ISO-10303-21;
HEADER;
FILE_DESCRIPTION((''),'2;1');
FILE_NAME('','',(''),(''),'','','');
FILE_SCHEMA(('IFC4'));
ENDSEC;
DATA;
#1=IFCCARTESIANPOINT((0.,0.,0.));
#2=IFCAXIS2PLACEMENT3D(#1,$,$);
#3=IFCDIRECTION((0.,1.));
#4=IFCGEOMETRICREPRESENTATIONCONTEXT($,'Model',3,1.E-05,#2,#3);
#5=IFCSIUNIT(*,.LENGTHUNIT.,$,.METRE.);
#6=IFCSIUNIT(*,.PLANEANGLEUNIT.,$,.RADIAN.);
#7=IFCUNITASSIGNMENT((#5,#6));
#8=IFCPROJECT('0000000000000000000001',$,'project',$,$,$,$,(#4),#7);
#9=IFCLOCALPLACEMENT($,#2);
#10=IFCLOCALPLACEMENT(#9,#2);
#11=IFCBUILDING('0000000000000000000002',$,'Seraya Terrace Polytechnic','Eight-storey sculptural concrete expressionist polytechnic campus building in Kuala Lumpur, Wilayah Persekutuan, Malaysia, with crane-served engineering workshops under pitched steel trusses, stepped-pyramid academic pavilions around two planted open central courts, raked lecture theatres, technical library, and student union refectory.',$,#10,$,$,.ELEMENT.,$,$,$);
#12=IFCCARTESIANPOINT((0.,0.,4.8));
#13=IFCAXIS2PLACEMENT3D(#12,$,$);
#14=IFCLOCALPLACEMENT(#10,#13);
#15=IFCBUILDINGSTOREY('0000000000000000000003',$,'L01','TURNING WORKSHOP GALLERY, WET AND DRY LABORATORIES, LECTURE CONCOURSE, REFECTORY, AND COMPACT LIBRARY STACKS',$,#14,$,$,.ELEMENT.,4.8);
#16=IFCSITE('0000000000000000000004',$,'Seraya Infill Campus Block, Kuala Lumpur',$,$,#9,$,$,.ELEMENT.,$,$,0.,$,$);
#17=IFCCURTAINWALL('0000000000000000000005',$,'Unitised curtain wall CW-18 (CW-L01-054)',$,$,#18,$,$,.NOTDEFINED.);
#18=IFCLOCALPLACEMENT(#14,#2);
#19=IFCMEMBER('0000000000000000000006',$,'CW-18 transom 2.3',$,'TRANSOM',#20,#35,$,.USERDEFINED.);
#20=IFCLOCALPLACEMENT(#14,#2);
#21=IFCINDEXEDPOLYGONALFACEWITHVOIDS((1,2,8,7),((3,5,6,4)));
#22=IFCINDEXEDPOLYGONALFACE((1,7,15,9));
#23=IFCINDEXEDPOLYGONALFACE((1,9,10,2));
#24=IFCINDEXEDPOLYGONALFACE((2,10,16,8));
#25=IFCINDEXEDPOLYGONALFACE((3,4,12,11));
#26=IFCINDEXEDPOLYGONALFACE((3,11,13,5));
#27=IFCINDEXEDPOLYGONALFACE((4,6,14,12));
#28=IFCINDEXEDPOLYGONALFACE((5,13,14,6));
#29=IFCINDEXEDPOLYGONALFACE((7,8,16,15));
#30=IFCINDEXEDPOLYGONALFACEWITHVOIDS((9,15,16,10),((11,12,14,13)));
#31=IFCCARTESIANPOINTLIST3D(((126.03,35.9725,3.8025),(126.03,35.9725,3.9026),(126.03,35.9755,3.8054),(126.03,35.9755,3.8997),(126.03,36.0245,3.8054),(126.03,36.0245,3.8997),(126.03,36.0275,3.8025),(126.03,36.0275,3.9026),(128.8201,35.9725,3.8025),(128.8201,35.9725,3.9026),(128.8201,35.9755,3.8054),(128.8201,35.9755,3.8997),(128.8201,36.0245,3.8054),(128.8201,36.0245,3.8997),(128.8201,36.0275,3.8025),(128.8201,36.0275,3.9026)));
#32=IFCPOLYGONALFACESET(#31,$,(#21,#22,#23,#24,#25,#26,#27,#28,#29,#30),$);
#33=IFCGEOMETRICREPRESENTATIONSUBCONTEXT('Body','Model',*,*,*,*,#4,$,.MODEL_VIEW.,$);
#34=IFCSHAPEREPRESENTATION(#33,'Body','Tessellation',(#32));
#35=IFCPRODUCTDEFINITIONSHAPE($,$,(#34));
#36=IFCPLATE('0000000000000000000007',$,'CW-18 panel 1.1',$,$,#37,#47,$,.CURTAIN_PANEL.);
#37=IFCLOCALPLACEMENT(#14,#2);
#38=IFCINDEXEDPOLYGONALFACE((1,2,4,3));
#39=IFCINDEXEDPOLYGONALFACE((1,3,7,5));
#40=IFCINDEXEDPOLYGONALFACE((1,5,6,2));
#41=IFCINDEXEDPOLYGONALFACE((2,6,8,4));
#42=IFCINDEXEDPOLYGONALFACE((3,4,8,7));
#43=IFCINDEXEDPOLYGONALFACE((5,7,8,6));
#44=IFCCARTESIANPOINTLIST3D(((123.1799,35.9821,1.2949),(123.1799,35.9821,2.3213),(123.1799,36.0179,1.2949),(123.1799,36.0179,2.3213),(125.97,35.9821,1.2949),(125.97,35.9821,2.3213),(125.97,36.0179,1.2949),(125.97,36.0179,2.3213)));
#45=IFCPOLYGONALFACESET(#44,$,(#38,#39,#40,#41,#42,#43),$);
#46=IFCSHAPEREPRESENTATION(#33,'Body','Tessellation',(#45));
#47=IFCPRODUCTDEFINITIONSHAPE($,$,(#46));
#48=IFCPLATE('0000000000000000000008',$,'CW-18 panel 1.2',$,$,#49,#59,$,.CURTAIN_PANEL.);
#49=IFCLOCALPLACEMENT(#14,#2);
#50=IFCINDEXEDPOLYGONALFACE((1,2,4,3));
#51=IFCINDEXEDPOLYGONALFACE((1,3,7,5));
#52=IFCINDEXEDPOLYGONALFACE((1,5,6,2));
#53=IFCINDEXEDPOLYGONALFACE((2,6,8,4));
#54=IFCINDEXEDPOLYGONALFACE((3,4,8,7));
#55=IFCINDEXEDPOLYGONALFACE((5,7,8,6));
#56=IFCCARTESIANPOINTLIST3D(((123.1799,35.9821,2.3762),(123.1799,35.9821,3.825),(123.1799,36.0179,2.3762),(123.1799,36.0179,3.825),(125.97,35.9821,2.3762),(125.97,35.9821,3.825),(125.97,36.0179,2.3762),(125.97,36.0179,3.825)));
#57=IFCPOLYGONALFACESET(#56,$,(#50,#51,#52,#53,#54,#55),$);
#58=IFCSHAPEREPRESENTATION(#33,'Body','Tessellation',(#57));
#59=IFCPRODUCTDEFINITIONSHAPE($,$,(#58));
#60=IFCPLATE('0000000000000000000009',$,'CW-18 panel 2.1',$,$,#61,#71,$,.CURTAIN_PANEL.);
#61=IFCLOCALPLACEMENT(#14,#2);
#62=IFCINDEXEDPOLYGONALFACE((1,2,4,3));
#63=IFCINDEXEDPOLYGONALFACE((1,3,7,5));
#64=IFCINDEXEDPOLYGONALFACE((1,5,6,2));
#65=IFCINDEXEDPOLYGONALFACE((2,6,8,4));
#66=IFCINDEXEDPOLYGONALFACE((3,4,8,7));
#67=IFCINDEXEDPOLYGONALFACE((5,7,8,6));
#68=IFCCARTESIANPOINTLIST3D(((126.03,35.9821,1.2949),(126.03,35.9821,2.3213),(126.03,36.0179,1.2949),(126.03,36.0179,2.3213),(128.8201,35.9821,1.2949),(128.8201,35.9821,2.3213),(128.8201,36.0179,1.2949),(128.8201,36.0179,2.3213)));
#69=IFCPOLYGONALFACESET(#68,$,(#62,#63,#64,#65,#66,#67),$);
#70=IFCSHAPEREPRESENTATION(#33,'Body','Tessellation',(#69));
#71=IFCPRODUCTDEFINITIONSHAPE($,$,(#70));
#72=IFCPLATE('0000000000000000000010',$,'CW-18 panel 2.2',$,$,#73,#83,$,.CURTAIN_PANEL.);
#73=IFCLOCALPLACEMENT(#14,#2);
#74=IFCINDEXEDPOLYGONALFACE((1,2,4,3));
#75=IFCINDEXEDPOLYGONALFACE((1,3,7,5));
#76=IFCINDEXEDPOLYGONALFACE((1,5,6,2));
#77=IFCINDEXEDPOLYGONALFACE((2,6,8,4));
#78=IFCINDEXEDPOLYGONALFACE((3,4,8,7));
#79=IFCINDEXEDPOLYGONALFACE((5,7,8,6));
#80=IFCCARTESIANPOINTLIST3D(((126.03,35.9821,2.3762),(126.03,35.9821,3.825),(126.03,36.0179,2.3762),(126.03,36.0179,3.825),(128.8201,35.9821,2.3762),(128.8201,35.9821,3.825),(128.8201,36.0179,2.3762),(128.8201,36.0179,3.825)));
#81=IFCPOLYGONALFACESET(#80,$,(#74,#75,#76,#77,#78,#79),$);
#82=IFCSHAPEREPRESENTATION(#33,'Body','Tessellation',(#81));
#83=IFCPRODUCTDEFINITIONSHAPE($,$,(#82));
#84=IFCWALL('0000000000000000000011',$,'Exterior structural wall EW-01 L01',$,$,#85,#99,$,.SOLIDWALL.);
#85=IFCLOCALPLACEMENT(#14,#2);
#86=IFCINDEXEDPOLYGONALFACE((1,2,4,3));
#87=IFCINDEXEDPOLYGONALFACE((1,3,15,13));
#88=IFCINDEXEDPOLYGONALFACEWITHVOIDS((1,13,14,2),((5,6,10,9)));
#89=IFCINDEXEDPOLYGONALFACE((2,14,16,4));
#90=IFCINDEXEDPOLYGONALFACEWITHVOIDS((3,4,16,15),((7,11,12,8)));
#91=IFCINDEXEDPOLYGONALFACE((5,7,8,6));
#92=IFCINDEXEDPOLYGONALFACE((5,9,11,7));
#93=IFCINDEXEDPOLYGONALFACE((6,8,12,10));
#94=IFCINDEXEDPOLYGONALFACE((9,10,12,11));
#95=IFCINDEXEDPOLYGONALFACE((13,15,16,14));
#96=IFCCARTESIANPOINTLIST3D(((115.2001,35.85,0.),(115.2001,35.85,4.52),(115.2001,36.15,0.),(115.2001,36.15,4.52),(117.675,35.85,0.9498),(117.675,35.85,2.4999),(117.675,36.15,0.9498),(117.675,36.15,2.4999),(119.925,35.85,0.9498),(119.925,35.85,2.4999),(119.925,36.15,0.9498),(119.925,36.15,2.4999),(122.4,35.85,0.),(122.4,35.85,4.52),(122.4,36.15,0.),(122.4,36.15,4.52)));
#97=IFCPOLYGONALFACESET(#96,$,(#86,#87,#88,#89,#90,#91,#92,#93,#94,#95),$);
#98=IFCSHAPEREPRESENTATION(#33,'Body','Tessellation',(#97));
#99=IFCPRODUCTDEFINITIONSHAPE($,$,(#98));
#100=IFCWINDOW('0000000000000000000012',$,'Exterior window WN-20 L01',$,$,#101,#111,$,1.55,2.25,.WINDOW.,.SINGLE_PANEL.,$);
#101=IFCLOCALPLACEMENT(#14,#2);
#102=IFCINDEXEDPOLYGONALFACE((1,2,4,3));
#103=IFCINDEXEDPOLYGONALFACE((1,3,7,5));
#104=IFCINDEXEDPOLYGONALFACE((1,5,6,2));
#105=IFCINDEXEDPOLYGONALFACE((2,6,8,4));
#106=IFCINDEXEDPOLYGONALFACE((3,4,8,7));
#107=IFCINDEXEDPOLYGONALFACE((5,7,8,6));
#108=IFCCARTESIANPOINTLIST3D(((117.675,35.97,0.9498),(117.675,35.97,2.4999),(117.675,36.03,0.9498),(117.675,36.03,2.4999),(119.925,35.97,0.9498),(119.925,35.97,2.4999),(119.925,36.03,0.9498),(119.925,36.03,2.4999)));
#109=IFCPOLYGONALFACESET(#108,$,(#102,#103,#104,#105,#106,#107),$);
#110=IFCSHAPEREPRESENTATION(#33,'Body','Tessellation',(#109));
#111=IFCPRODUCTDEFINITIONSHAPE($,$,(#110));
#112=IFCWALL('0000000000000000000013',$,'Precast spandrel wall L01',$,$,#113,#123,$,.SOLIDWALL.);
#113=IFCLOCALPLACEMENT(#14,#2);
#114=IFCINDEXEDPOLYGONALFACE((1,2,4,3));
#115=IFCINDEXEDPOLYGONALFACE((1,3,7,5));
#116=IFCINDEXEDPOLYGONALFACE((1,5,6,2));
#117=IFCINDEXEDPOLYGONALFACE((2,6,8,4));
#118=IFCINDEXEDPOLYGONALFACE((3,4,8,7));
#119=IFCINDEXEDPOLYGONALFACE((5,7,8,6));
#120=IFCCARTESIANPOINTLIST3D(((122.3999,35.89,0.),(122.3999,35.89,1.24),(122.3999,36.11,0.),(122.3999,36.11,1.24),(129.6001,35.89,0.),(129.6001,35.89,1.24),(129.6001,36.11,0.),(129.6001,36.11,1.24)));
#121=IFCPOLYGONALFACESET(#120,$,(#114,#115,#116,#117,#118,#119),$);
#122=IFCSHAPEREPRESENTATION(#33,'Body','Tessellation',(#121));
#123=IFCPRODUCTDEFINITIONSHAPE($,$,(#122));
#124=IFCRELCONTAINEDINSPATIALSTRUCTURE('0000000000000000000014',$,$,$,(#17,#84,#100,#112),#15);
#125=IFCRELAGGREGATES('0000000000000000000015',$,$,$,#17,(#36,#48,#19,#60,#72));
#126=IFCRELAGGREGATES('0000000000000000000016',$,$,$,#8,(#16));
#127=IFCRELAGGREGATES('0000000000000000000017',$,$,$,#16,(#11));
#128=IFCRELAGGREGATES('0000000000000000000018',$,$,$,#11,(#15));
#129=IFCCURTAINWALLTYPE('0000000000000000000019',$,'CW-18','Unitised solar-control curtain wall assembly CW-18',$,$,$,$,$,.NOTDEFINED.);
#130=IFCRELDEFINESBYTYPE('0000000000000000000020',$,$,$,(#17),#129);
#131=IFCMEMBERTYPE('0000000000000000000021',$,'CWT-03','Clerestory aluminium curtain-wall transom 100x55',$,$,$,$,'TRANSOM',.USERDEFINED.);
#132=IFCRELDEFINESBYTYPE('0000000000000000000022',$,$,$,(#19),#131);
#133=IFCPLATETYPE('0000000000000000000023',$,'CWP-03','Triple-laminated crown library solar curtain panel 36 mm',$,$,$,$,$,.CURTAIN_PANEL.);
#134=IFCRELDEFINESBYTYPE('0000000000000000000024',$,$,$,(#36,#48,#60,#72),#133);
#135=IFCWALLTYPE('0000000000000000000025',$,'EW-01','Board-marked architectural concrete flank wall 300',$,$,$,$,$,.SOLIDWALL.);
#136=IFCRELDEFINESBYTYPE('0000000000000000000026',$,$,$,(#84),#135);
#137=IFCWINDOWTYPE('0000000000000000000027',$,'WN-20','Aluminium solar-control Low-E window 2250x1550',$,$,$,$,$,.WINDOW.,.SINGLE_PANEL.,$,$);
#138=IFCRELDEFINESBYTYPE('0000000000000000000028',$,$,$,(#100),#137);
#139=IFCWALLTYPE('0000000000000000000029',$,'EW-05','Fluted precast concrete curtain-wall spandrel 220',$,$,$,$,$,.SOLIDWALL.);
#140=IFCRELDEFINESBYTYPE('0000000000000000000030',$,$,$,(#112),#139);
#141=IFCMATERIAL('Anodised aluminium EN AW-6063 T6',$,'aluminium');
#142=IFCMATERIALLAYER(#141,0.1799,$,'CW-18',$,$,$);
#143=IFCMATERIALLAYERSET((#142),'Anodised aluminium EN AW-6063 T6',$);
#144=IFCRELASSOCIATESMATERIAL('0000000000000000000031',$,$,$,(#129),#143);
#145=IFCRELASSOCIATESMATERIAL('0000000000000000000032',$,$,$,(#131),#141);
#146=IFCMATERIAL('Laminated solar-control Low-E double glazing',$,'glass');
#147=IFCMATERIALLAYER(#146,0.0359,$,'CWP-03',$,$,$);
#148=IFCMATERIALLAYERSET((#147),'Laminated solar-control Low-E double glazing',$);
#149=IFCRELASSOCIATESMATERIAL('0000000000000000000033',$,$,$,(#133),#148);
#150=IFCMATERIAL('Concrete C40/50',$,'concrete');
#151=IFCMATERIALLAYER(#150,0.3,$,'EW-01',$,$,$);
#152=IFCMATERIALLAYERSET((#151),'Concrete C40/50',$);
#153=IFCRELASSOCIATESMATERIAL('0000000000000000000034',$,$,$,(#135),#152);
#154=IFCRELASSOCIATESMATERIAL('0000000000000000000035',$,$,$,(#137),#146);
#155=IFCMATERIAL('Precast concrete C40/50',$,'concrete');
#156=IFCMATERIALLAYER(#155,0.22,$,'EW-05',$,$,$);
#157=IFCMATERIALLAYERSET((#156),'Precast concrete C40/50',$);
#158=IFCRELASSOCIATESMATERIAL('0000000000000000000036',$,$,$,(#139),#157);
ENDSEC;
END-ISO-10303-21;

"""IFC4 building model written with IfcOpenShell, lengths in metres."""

from ifc_helpers import new_model, si_unit, direction, frame, frame_2d, origin, origin_2d, place, context, subcontext, project, spatial, rectangle, hollow_rectangle, extrude, material, layer, layer_set, material_profile, profile_set, type_object, element, fill, aggregate, save


model = new_model("IFC4")

# Units and contexts
model_context = context("Model", 3, precision=1e-05, world=origin(), true_north=direction((0.0, 1.0)))
body_context = subcontext(model_context, "Body", "Model", "MODEL_VIEW")
ifc_project = project(units=[si_unit("LENGTHUNIT", "METRE"), si_unit("PLANEANGLEUNIT", "RADIAN")], contexts=[model_context])

# Site, building, storey
site_placement = place(None, origin())
site = spatial("IfcSite", under=ifc_project, at=site_placement, Name="Seraya Infill Campus Block, Kuala Lumpur", CompositionType="ELEMENT", RefElevation=0.0)
building_placement = place(site_placement, origin())
building = spatial("IfcBuilding", under=site, at=building_placement, Name="Seraya Terrace Polytechnic", Description="Eight-storey sculptural concrete expressionist polytechnic campus building in Kuala Lumpur, Wilayah Persekutuan, Malaysia, with crane-served engineering workshops under pitched steel trusses, stepped-pyramid academic pavilions around two planted open central courts, raked lecture theatres, technical library, and student union refectory.", CompositionType="ELEMENT")
storey_placement = place(building_placement, frame((0.0, 0.0, 4.8)))
storey = spatial("IfcBuildingStorey", under=building, at=storey_placement, Name="L01", Description="TURNING WORKSHOP GALLERY, WET AND DRY LABORATORIES, LECTURE CONCOURSE, REFECTORY, AND COMPACT LIBRARY STACKS", CompositionType="ELEMENT", Elevation=4.8)

# Shared definitions
ifc_material_1 = material(Name="Concrete C40/50", Category="concrete")

# Curtain wall, member, plates
ifc_material_2 = material(Name="Anodised aluminium EN AW-6063 T6", Category="aluminium")
ifc_layer_1 = layer(ifc_material_2, 0.1799, Name="CW-18")
ifc_layer_set_1 = layer_set([ifc_layer_1], Name="Anodised aluminium EN AW-6063 T6")
curtain_wall_type = type_object("IfcCurtainWallType", Name="CW-18", Description="Unitised solar-control curtain wall assembly CW-18", PredefinedType="NOTDEFINED", material=ifc_layer_set_1)
curtain_wall_placement = place(storey_placement, origin())
curtain_wall = element("IfcCurtainWall", 1, at=curtain_wall_placement, inside=storey, type_object=curtain_wall_type, Name="Unitised curtain wall CW-18 (CW-L01-054)", PredefinedType="NOTDEFINED")
ifc_material_profile_1 = material_profile(ifc_material_2, hollow_rectangle(XDim=0.0549, YDim=0.1001, WallThickness=0.0029, at=origin_2d()), Name="RHS 100x55x3.0")
ifc_profile_set_1 = profile_set([ifc_material_profile_1], Name="Anodised aluminium EN AW-6063 T6")
member_type_1 = type_object("IfcMemberType", Name="CWT-03", Description="Clerestory aluminium curtain-wall transom 100x55", ElementType="TRANSOM", PredefinedType="USERDEFINED", material=ifc_profile_set_1)
member_1_placement = place(storey_placement, frame((126.03, 36.0, 3.8525), z_axis=(1.0, 0.0, 0.0), x_axis=(0.0, 1.0, 0.0)))
member_1 = element("IfcMember", 2, at=member_1_placement, type_object=member_type_1, Name="CW-18 transom 2.3", ObjectType="TRANSOM", PredefinedType="USERDEFINED", context=body_context, shape_type="SweptSolid", body=[
    extrude(hollow_rectangle(XDim=0.0549, YDim=0.1001, WallThickness=0.0029, at=origin_2d()), origin(), (0.0, 0.0, 1.0), 2.79),
])
ifc_material_3 = material(Name="Laminated solar-control Low-E double glazing", Category="glass")
ifc_layer_2 = layer(ifc_material_3, 0.0359, Name="CWP-03")
ifc_layer_set_2 = layer_set([ifc_layer_2], Name="Laminated solar-control Low-E double glazing")
plate_type = type_object("IfcPlateType", Name="CWP-03", Description="Triple-laminated crown library solar curtain panel 36 mm", PredefinedType="CURTAIN_PANEL", material=ifc_layer_set_2)
plate_1_placement = place(storey_placement, frame((124.575, 36.0, 1.2949), z_axis=(0.0, 0.0, 1.0), x_axis=(1.0, 0.0, 0.0)))
plate_1 = element("IfcPlate", 3, at=plate_1_placement, type_object=plate_type, Name="CW-18 panel 1.1", PredefinedType="CURTAIN_PANEL", context=body_context, shape_type="SweptSolid", body=[
    extrude(rectangle(XDim=2.79, YDim=0.0359, at=origin_2d()), origin(), (0.0, 0.0, 1.0), 1.0264),
])
plate_2_placement = place(storey_placement, frame((124.575, 36.0, 2.3762), z_axis=(0.0, 0.0, 1.0), x_axis=(1.0, 0.0, 0.0)))
plate_2 = element("IfcPlate", 4, at=plate_2_placement, type_object=plate_type, Name="CW-18 panel 1.2", PredefinedType="CURTAIN_PANEL", context=body_context, shape_type="SweptSolid", body=[
    extrude(rectangle(XDim=2.79, YDim=0.0359, at=origin_2d()), origin(), (0.0, 0.0, 1.0), 1.4487),
])
plate_3_placement = place(storey_placement, frame((127.425, 36.0, 1.2949), z_axis=(0.0, 0.0, 1.0), x_axis=(1.0, 0.0, 0.0)))
plate_3 = element("IfcPlate", 5, at=plate_3_placement, type_object=plate_type, Name="CW-18 panel 2.1", PredefinedType="CURTAIN_PANEL", context=body_context, shape_type="SweptSolid", body=[
    extrude(rectangle(XDim=2.79, YDim=0.0359, at=origin_2d()), origin(), (0.0, 0.0, 1.0), 1.0264),
])
plate_4_placement = place(storey_placement, frame((127.425, 36.0, 2.3762), z_axis=(0.0, 0.0, 1.0), x_axis=(1.0, 0.0, 0.0)))
plate_4 = element("IfcPlate", 6, at=plate_4_placement, type_object=plate_type, Name="CW-18 panel 2.2", PredefinedType="CURTAIN_PANEL", context=body_context, shape_type="SweptSolid", body=[
    extrude(rectangle(XDim=2.79, YDim=0.0359, at=origin_2d()), origin(), (0.0, 0.0, 1.0), 1.4487),
])
aggregate(curtain_wall, [plate_1, plate_2, member_1, plate_3, plate_4])

# Wall, opening, window
ifc_layer_3 = layer(ifc_material_1, 0.3, Name="EW-01")
ifc_layer_set_3 = layer_set([ifc_layer_3], Name="Concrete C40/50")
wall_type_1 = type_object("IfcWallType", Name="EW-01", Description="Board-marked architectural concrete flank wall 300", PredefinedType="SOLIDWALL", material=ifc_layer_set_3)
wall_1_placement = place(storey_placement, frame((115.2, 36.0, 0.0), z_axis=(0.0, 0.0, 1.0), x_axis=(1.0, 0.0, 0.0)))
wall_1 = element("IfcWall", 7, at=wall_1_placement, inside=storey, type_object=wall_type_1, Name="Exterior structural wall EW-01 L01", PredefinedType="SOLIDWALL", context=body_context, shape_type="SweptSolid", body=[
    extrude(rectangle(XDim=7.2, YDim=0.3, at=frame_2d((3.6001, 0.0))), origin(), (0.0, 0.0, 1.0), 4.52),
])
opening_placement = place(wall_1_placement, frame((2.4751, 0.0, 0.95)))
opening = element("IfcOpeningElement", 8, at=opening_placement, cuts=wall_1, PredefinedType="OPENING", context=body_context, shape_type="SweptSolid", body=[
    extrude(rectangle(XDim=2.25, YDim=1.55, at=frame_2d((1.125, 0.7749))), frame((0.0, 0.1621, 0.0), z_axis=(0.0, -1.0, 0.0), x_axis=(1.0, 0.0, 0.0)), (0.0, 0.0, 1.0), 0.324),
])
window_type = type_object("IfcWindowType", Name="WN-20", Description="Aluminium solar-control Low-E window 2250x1550", PartitioningType="SINGLE_PANEL", PredefinedType="WINDOW", material=ifc_material_3)
window_placement = place(opening_placement, origin())
window = element("IfcWindow", 9, at=window_placement, inside=storey, type_object=window_type, Name="Exterior window WN-20 L01", OverallHeight=1.55, OverallWidth=2.25, PartitioningType="SINGLE_PANEL", PredefinedType="WINDOW", context=body_context, shape_type="SweptSolid", body=[
    extrude(rectangle(XDim=2.25, YDim=1.55, at=frame_2d((1.125, 0.7749))), frame((0.0, 0.03, 0.0), z_axis=(0.0, -1.0, 0.0), x_axis=(1.0, 0.0, 0.0)), (0.0, 0.0, 1.0), 0.0601),
])
fill(opening, window)

# Wall
ifc_material_4 = material(Name="Precast concrete C40/50", Category="concrete")
ifc_layer_4 = layer(ifc_material_4, 0.22, Name="EW-05")
ifc_layer_set_4 = layer_set([ifc_layer_4], Name="Precast concrete C40/50")
wall_type_2 = type_object("IfcWallType", Name="EW-05", Description="Fluted precast concrete curtain-wall spandrel 220", PredefinedType="SOLIDWALL", material=ifc_layer_set_4)
wall_2_placement = place(storey_placement, frame((122.3999, 36.0, 0.0), z_axis=(0.0, 0.0, 1.0), x_axis=(1.0, 0.0, 0.0)))
element("IfcWall", 10, at=wall_2_placement, inside=storey, type_object=wall_type_2, Name="Precast spandrel wall L01", PredefinedType="SOLIDWALL", context=body_context, shape_type="SweptSolid", body=[
    extrude(rectangle(XDim=7.2002, YDim=0.22, at=frame_2d((3.6001, 0.0))), origin(), (0.0, 0.0, 1.0), 1.24),
])

save(model, "model.ifc")
